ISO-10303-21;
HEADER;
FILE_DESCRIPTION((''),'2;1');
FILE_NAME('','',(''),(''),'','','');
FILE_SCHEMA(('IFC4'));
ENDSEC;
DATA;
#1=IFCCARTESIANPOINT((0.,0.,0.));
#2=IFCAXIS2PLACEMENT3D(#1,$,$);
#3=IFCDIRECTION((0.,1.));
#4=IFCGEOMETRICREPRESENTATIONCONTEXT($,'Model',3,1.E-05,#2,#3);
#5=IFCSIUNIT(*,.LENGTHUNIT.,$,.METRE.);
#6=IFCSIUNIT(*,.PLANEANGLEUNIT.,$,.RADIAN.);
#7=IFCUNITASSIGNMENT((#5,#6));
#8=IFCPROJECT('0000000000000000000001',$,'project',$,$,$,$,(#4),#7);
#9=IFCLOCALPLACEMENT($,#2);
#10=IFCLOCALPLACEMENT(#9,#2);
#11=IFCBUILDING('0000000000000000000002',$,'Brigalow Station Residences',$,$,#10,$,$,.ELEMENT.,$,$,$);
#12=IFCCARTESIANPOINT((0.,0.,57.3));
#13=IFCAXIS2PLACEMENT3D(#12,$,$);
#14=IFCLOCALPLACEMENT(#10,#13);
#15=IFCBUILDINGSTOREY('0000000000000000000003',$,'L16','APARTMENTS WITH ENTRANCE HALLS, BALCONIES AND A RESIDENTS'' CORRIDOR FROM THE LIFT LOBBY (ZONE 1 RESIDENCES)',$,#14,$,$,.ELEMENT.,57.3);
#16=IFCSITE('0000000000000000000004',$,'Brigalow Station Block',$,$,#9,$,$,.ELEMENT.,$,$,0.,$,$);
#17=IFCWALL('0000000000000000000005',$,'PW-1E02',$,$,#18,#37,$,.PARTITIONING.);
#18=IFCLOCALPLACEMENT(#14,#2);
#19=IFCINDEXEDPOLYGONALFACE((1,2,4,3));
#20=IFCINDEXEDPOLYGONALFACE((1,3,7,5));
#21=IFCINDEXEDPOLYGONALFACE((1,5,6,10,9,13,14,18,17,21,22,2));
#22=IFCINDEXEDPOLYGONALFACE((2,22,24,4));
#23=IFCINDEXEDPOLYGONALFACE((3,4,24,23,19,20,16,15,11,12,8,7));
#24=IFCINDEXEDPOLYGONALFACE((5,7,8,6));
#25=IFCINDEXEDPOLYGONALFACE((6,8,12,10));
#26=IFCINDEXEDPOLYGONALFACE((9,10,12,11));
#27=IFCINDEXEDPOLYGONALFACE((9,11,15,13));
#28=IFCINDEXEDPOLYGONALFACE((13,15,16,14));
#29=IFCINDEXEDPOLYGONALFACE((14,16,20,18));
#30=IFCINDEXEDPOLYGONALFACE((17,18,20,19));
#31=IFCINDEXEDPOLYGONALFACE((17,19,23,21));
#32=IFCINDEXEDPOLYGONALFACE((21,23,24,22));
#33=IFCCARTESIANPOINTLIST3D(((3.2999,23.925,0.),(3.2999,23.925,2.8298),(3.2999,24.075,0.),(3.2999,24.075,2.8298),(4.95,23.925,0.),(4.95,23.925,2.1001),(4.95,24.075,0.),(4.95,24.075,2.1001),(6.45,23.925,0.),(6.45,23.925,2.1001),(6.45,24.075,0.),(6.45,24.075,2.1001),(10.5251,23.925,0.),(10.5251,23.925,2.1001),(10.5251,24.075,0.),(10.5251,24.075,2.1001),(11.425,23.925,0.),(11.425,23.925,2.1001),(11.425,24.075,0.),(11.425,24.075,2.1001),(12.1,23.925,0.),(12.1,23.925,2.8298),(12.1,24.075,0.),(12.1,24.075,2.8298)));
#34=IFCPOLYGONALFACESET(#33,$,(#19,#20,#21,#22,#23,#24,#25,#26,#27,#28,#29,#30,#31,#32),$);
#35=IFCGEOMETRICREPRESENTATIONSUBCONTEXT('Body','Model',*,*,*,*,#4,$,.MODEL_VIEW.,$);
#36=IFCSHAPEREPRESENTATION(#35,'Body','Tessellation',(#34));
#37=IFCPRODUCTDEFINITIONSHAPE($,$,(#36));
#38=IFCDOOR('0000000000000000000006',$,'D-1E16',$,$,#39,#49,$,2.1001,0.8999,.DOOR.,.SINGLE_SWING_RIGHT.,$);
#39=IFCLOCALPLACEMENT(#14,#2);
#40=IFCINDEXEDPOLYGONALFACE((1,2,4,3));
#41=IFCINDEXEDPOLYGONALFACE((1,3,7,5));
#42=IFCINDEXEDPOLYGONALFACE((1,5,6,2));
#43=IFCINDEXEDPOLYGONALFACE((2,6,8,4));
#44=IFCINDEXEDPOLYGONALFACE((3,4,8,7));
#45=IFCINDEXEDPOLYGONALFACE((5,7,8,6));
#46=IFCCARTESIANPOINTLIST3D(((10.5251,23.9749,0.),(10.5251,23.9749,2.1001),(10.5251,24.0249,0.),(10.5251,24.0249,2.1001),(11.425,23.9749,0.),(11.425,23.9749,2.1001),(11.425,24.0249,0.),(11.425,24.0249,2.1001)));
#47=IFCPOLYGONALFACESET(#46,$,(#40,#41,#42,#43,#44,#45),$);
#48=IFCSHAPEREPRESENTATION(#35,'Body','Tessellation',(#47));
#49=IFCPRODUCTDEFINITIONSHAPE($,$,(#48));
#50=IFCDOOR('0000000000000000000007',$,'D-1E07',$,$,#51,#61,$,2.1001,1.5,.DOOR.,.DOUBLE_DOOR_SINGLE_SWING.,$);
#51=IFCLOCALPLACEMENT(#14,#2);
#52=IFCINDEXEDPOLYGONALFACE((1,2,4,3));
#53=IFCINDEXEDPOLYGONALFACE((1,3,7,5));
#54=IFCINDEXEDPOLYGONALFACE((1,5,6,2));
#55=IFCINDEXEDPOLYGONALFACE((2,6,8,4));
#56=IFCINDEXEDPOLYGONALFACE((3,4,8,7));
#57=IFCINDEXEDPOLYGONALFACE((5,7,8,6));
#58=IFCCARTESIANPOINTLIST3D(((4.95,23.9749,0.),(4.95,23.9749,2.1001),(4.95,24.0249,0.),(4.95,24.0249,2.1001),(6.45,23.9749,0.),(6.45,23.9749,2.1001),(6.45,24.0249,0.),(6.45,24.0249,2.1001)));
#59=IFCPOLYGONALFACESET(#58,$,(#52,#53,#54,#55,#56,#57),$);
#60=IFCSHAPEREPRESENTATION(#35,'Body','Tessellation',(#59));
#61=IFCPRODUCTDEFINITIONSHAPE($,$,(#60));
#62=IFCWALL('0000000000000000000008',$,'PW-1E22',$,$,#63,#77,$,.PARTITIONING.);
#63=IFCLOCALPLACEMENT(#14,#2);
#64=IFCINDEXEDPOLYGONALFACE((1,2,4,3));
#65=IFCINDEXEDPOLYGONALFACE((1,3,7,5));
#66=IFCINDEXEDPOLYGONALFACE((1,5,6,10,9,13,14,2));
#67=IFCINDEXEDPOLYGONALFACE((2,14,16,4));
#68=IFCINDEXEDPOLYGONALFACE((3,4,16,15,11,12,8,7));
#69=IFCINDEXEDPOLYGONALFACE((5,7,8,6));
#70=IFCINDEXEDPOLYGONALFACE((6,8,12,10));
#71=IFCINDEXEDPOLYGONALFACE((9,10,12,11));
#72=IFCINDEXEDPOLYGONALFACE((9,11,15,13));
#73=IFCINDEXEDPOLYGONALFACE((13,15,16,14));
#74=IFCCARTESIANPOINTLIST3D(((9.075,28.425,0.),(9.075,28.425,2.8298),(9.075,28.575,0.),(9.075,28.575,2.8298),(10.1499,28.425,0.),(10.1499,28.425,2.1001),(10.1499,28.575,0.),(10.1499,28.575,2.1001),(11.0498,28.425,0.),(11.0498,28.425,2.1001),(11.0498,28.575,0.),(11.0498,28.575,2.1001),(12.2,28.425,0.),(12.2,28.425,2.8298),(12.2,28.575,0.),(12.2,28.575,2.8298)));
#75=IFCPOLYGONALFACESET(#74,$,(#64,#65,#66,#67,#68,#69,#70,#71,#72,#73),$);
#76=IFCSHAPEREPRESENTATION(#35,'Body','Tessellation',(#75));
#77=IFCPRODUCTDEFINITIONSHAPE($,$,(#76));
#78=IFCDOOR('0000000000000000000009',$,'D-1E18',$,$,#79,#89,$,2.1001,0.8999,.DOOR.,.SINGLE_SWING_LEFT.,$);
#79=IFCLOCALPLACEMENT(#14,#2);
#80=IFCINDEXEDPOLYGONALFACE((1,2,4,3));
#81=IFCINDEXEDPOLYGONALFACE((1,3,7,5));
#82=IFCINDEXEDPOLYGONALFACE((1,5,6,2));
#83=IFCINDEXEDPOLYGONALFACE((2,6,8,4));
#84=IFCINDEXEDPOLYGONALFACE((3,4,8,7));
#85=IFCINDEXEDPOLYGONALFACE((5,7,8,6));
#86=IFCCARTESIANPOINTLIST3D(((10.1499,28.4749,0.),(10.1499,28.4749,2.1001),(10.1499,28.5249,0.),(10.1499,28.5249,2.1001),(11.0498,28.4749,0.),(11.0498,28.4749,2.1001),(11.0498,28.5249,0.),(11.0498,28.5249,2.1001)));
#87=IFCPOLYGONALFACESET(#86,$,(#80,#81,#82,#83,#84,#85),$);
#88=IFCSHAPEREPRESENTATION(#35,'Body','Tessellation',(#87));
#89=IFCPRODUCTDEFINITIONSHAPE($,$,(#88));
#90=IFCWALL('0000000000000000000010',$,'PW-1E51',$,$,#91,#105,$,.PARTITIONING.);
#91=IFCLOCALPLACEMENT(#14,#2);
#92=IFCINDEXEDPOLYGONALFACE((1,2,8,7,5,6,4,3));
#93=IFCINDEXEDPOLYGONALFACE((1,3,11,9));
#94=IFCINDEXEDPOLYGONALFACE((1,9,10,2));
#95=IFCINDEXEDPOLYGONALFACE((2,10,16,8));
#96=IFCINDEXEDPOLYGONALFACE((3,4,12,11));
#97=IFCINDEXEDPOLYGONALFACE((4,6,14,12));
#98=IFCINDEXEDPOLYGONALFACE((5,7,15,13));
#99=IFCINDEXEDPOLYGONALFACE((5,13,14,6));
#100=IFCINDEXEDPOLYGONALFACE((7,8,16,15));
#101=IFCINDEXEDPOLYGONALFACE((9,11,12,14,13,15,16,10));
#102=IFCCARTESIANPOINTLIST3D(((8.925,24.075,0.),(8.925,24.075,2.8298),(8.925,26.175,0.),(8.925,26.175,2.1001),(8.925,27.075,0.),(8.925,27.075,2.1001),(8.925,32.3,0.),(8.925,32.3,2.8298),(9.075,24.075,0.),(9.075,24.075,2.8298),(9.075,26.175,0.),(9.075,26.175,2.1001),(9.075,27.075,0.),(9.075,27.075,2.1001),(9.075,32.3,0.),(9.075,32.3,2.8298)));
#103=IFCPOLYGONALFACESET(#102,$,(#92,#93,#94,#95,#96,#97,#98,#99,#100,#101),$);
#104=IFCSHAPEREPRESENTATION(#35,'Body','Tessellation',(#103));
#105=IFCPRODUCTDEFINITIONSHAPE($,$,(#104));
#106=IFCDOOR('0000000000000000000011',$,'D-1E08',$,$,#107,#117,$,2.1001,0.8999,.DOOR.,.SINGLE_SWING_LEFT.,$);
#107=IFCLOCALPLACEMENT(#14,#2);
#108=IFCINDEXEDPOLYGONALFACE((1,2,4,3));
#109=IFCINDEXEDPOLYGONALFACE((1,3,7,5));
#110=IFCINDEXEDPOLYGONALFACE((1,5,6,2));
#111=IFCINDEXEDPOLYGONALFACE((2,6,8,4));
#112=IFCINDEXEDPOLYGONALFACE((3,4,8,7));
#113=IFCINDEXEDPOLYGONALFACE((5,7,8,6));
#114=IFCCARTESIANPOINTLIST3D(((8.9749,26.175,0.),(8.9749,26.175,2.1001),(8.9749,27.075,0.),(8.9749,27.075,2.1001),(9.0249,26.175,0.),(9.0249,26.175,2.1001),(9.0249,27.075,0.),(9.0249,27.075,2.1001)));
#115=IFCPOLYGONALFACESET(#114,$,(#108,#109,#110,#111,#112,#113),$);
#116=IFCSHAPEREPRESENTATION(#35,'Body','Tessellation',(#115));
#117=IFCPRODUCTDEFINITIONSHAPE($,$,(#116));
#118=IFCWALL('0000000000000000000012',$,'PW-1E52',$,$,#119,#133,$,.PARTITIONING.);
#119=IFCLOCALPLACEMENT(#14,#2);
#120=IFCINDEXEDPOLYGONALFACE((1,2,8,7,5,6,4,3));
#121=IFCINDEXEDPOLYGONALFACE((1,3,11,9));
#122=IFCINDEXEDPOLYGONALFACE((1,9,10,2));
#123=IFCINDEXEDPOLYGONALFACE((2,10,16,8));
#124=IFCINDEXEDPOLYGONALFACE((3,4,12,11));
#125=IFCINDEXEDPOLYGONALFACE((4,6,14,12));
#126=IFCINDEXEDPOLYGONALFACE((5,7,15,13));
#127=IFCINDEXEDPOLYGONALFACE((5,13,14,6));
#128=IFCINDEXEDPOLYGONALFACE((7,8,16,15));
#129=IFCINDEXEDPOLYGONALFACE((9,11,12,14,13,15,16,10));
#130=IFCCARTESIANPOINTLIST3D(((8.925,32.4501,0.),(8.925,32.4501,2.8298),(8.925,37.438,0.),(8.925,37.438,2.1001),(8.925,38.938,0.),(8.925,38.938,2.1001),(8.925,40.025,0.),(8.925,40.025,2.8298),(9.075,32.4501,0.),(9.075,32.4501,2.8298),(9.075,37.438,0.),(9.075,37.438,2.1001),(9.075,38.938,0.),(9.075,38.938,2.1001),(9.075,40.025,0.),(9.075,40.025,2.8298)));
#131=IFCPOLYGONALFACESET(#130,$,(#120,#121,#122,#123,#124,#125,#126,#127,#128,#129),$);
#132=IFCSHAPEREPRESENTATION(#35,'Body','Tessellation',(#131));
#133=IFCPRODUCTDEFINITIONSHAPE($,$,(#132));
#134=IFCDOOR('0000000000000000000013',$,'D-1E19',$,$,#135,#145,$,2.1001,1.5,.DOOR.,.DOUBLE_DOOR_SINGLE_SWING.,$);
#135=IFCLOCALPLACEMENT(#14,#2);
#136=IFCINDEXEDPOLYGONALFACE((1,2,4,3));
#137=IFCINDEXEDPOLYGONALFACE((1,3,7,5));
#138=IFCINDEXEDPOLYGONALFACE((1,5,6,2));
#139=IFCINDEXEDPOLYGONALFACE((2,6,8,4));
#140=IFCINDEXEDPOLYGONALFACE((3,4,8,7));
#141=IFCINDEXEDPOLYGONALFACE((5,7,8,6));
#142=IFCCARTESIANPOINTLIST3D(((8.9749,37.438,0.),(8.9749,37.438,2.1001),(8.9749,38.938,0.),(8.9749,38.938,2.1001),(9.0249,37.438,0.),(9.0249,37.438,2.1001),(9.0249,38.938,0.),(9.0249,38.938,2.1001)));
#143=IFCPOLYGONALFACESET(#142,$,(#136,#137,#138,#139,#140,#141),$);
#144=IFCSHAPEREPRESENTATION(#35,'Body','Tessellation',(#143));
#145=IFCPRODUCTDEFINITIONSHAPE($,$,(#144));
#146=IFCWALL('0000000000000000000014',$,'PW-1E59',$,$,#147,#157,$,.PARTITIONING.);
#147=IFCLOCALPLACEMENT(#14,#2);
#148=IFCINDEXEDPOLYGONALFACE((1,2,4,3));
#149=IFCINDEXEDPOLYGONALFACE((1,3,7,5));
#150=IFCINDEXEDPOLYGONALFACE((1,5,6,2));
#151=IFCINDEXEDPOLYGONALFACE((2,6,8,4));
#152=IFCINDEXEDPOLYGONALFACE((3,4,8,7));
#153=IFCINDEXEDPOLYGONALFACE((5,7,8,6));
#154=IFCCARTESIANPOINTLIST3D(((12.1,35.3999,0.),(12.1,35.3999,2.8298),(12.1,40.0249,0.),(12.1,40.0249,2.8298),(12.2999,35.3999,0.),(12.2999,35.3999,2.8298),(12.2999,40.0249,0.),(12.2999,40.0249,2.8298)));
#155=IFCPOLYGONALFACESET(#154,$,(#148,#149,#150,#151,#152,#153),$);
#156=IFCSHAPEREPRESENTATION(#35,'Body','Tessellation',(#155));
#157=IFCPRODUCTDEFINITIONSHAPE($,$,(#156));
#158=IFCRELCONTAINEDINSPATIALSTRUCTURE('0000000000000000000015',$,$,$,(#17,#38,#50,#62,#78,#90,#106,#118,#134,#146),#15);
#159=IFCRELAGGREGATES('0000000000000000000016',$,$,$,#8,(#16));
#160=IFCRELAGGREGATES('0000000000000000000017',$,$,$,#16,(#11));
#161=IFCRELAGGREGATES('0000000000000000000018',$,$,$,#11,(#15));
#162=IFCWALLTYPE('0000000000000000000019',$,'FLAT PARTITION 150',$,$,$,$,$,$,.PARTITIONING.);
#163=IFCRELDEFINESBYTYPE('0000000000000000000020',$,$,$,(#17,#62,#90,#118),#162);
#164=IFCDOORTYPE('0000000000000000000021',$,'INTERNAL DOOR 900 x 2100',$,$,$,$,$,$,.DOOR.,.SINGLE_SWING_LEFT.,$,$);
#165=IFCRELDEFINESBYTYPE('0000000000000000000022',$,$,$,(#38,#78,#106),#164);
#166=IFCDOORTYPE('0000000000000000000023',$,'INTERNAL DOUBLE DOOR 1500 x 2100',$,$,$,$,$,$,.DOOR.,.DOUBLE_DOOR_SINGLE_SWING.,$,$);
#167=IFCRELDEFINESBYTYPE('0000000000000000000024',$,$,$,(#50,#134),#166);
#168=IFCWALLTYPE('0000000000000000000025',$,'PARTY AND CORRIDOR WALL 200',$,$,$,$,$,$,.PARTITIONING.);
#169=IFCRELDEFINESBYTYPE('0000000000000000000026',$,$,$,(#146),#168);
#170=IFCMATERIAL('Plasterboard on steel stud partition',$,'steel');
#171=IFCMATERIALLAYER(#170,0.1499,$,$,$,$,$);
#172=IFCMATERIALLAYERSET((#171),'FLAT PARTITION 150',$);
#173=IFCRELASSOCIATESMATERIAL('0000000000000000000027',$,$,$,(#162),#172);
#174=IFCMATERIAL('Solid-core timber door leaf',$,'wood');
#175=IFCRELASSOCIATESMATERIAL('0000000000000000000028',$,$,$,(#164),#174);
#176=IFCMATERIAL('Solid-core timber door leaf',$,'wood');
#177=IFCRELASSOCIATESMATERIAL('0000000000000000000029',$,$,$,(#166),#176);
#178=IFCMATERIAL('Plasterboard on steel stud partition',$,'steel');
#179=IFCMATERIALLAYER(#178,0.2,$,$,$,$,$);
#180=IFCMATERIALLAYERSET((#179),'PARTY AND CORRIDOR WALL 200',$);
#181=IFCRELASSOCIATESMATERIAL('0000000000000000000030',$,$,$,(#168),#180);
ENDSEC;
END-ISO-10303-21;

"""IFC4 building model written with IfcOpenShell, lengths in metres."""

from ifc_helpers import new_model, si_unit, direction, frame, frame_2d, origin, place, context, subcontext, project, spatial, rectangle, extrude, material, layer, layer_set, type_object, element, fill, save


model = new_model("IFC4")

# Units and contexts
model_context = context("Model", 3, precision=1e-05, world=origin(), true_north=direction((0.0, 1.0)))
body_context = subcontext(model_context, "Body", "Model", "MODEL_VIEW")
ifc_project = project(units=[si_unit("LENGTHUNIT", "METRE"), si_unit("PLANEANGLEUNIT", "RADIAN")], contexts=[model_context])

# Site, building, storey
site_placement = place(None, origin())
site = spatial("IfcSite", under=ifc_project, at=site_placement, Name="Brigalow Station Block", CompositionType="ELEMENT", RefElevation=0.0)
building_placement = place(site_placement, origin())
building = spatial("IfcBuilding", under=site, at=building_placement, Name="Brigalow Station Residences", CompositionType="ELEMENT")
storey_placement = place(building_placement, frame((0.0, 0.0, 57.3)))
storey = spatial("IfcBuildingStorey", under=building, at=storey_placement, Name="L16", Description="APARTMENTS WITH ENTRANCE HALLS, BALCONIES AND A RESIDENTS' CORRIDOR FROM THE LIFT LOBBY (ZONE 1 RESIDENCES)", CompositionType="ELEMENT", Elevation=57.3)

# Wall, openings, doors
ifc_material_1 = material(Name="Plasterboard on steel stud partition", Category="steel")
ifc_layer_1 = layer(ifc_material_1, 0.1499)
ifc_layer_set_1 = layer_set([ifc_layer_1], Name="FLAT PARTITION 150")
wall_type_1 = type_object("IfcWallType", Name="FLAT PARTITION 150", PredefinedType="PARTITIONING", material=ifc_layer_set_1)
wall_1_placement = place(storey_placement, frame((3.3, 24.0, 0.0), z_axis=(0.0, 0.0, 1.0), x_axis=(1.0, 0.0, 0.0)))
wall_1 = element("IfcWall", 1, at=wall_1_placement, inside=storey, type_object=wall_type_1, Name="PW-1E02", PredefinedType="PARTITIONING", context=body_context, shape_type="SweptSolid", body=[
    extrude(rectangle(XDim=8.8, YDim=0.1499, at=frame_2d((4.3999, 0.0))), origin(), (0.0, 0.0, 1.0), 2.8298),
])
opening_1_placement = place(wall_1_placement, frame((1.6499, 0.0, 0.0)))
opening_1 = element("IfcOpeningElement", 2, at=opening_1_placement, cuts=wall_1, PredefinedType="OPENING", context=body_context, shape_type="SweptSolid", body=[
    extrude(rectangle(XDim=1.5, YDim=2.1001, at=frame_2d((0.75, 1.05))), frame((0.0, 0.085, 0.0), z_axis=(0.0, -1.0, 0.0), x_axis=(1.0, 0.0, 0.0)), (0.0, 0.0, 1.0), 0.1699),
])
opening_2_placement = place(wall_1_placement, frame((7.2251, 0.0, 0.0)))
opening_2 = element("IfcOpeningElement", 3, at=opening_2_placement, cuts=wall_1, PredefinedType="OPENING", context=body_context, shape_type="SweptSolid", body=[
    extrude(rectangle(XDim=0.8999, YDim=2.1001, at=frame_2d((0.45, 1.05))), frame((0.0, 0.085, 0.0), z_axis=(0.0, -1.0, 0.0), x_axis=(1.0, 0.0, 0.0)), (0.0, 0.0, 1.0), 0.1699),
])
ifc_material_2 = material(Name="Solid-core timber door leaf", Category="wood")
door_type_1 = type_object("IfcDoorType", Name="INTERNAL DOOR 900 x 2100", OperationType="SINGLE_SWING_LEFT", PredefinedType="DOOR", material=ifc_material_2)
door_1_placement = place(opening_2_placement, origin())
door_1 = element("IfcDoor", 4, at=door_1_placement, inside=storey, type_object=door_type_1, Name="D-1E16", OperationType="SINGLE_SWING_RIGHT", OverallHeight=2.1001, OverallWidth=0.8999, PredefinedType="DOOR", context=body_context, shape_type="SweptSolid", body=[
    extrude(rectangle(XDim=0.8999, YDim=2.1001, at=frame_2d((0.45, 1.05))), frame((0.0, 0.0249, 0.0), z_axis=(0.0, -1.0, 0.0), x_axis=(1.0, 0.0, 0.0)), (0.0, 0.0, 1.0), 0.05),
])
fill(opening_2, door_1)
ifc_material_3 = material(Name="Solid-core timber door leaf", Category="wood")
door_type_2 = type_object("IfcDoorType", Name="INTERNAL DOUBLE DOOR 1500 x 2100", OperationType="DOUBLE_DOOR_SINGLE_SWING", PredefinedType="DOOR", material=ifc_material_3)
door_2_placement = place(opening_1_placement, origin())
door_2 = element("IfcDoor", 5, at=door_2_placement, inside=storey, type_object=door_type_2, Name="D-1E07", OperationType="DOUBLE_DOOR_SINGLE_SWING", OverallHeight=2.1001, OverallWidth=1.5, PredefinedType="DOOR", context=body_context, shape_type="SweptSolid", body=[
    extrude(rectangle(XDim=1.5, YDim=2.1001, at=frame_2d((0.75, 1.05))), frame((0.0, 0.0249, 0.0), z_axis=(0.0, -1.0, 0.0), x_axis=(1.0, 0.0, 0.0)), (0.0, 0.0, 1.0), 0.05),
])
fill(opening_1, door_2)

# Walls, openings, doors
wall_2_placement = place(storey_placement, frame((9.075, 28.5, 0.0), z_axis=(0.0, 0.0, 1.0), x_axis=(1.0, 0.0, 0.0)))
wall_2 = element("IfcWall", 6, at=wall_2_placement, inside=storey, type_object=wall_type_1, Name="PW-1E22", PredefinedType="PARTITIONING", context=body_context, shape_type="SweptSolid", body=[
    extrude(rectangle(XDim=3.125, YDim=0.1499, at=frame_2d((1.5625, 0.0))), origin(), (0.0, 0.0, 1.0), 2.8298),
])
opening_3_placement = place(wall_2_placement, frame((1.075, 0.0, 0.0)))
opening_3 = element("IfcOpeningElement", 7, at=opening_3_placement, cuts=wall_2, PredefinedType="OPENING", context=body_context, shape_type="SweptSolid", body=[
    extrude(rectangle(XDim=0.8999, YDim=2.1001, at=frame_2d((0.45, 1.05))), frame((0.0, 0.085, 0.0), z_axis=(0.0, -1.0, 0.0), x_axis=(1.0, 0.0, 0.0)), (0.0, 0.0, 1.0), 0.1699),
])
door_3_placement = place(opening_3_placement, origin())
door_3 = element("IfcDoor", 8, at=door_3_placement, inside=storey, type_object=door_type_1, Name="D-1E18", OperationType="SINGLE_SWING_LEFT", OverallHeight=2.1001, OverallWidth=0.8999, PredefinedType="DOOR", context=body_context, shape_type="SweptSolid", body=[
    extrude(rectangle(XDim=0.8999, YDim=2.1001, at=frame_2d((0.45, 1.05))), frame((0.0, 0.0249, 0.0), z_axis=(0.0, -1.0, 0.0), x_axis=(1.0, 0.0, 0.0)), (0.0, 0.0, 1.0), 0.05),
])
fill(opening_3, door_3)
wall_3_placement = place(storey_placement, frame((9.0, 24.075, 0.0), z_axis=(0.0, 0.0, 1.0), x_axis=(0.0, 1.0, 0.0)))
wall_3 = element("IfcWall", 9, at=wall_3_placement, inside=storey, type_object=wall_type_1, Name="PW-1E51", PredefinedType="PARTITIONING", context=body_context, shape_type="SweptSolid", body=[
    extrude(rectangle(XDim=8.2251, YDim=0.1499, at=frame_2d((4.1125, 0.0))), origin(), (0.0, 0.0, 1.0), 2.8298),
])
opening_4_placement = place(wall_3_placement, frame((2.1001, 0.0, 0.0)))
opening_4 = element("IfcOpeningElement", 10, at=opening_4_placement, cuts=wall_3, PredefinedType="OPENING", context=body_context, shape_type="SweptSolid", body=[
    extrude(rectangle(XDim=0.8999, YDim=2.1001, at=frame_2d((0.45, 1.05))), frame((0.0, 0.085, 0.0), z_axis=(0.0, -1.0, 0.0), x_axis=(1.0, 0.0, 0.0)), (0.0, 0.0, 1.0), 0.1699),
])
door_4_placement = place(opening_4_placement, frame((0.8999, 0.0, 0.0), z_axis=(0.0, 0.0, 1.0), x_axis=(-1.0, 0.0, 0.0)))
door_4 = element("IfcDoor", 11, at=door_4_placement, inside=storey, type_object=door_type_1, Name="D-1E08", OperationType="SINGLE_SWING_LEFT", OverallHeight=2.1001, OverallWidth=0.8999, PredefinedType="DOOR", context=body_context, shape_type="SweptSolid", body=[
    extrude(rectangle(XDim=0.8999, YDim=2.1001, at=frame_2d((0.45, 1.05))), frame((0.0, 0.0249, 0.0), z_axis=(0.0, -1.0, 0.0), x_axis=(1.0, 0.0, 0.0)), (0.0, 0.0, 1.0), 0.05),
])
fill(opening_4, door_4)
wall_4_placement = place(storey_placement, frame((9.0, 32.45, 0.0), z_axis=(0.0, 0.0, 1.0), x_axis=(0.0, 1.0, 0.0)))
wall_4 = element("IfcWall", 12, at=wall_4_placement, inside=storey, type_object=wall_type_1, Name="PW-1E52", PredefinedType="PARTITIONING", context=body_context, shape_type="SweptSolid", body=[
    extrude(rectangle(XDim=7.575, YDim=0.1499, at=frame_2d((3.7876, 0.0))), origin(), (0.0, 0.0, 1.0), 2.8298),
])
opening_5_placement = place(wall_4_placement, frame((4.988, 0.0, 0.0)))
opening_5 = element("IfcOpeningElement", 13, at=opening_5_placement, cuts=wall_4, PredefinedType="OPENING", context=body_context, shape_type="SweptSolid", body=[
    extrude(rectangle(XDim=1.5, YDim=2.1001, at=frame_2d((0.75, 1.05))), frame((0.0, 0.085, 0.0), z_axis=(0.0, -1.0, 0.0), x_axis=(1.0, 0.0, 0.0)), (0.0, 0.0, 1.0), 0.1699),
])
door_5_placement = place(opening_5_placement, frame((1.5, 0.0, 0.0), z_axis=(0.0, 0.0, 1.0), x_axis=(-1.0, 0.0, 0.0)))
door_5 = element("IfcDoor", 14, at=door_5_placement, inside=storey, type_object=door_type_2, Name="D-1E19", OperationType="DOUBLE_DOOR_SINGLE_SWING", OverallHeight=2.1001, OverallWidth=1.5, PredefinedType="DOOR", context=body_context, shape_type="SweptSolid", body=[
    extrude(rectangle(XDim=1.5, YDim=2.1001, at=frame_2d((0.75, 1.05))), frame((0.0, 0.0249, 0.0), z_axis=(0.0, -1.0, 0.0), x_axis=(1.0, 0.0, 0.0)), (0.0, 0.0, 1.0), 0.05),
])
fill(opening_5, door_5)

# Wall
ifc_material_4 = material(Name="Plasterboard on steel stud partition", Category="steel")
ifc_layer_2 = layer(ifc_material_4, 0.2)
ifc_layer_set_2 = layer_set([ifc_layer_2], Name="PARTY AND CORRIDOR WALL 200")
wall_type_2 = type_object("IfcWallType", Name="PARTY AND CORRIDOR WALL 200", PredefinedType="PARTITIONING", material=ifc_layer_set_2)
wall_5_placement = place(storey_placement, frame((12.2, 35.3999, 0.0), z_axis=(0.0, 0.0, 1.0), x_axis=(0.0, 1.0, 0.0)))
element("IfcWall", 15, at=wall_5_placement, inside=storey, type_object=wall_type_2, Name="PW-1E59", PredefinedType="PARTITIONING", context=body_context, shape_type="SweptSolid", body=[
    extrude(rectangle(XDim=4.625, YDim=0.2, at=frame_2d((2.3125, 0.0))), origin(), (0.0, 0.0, 1.0), 2.8298),
])

save(model, "model.ifc")
